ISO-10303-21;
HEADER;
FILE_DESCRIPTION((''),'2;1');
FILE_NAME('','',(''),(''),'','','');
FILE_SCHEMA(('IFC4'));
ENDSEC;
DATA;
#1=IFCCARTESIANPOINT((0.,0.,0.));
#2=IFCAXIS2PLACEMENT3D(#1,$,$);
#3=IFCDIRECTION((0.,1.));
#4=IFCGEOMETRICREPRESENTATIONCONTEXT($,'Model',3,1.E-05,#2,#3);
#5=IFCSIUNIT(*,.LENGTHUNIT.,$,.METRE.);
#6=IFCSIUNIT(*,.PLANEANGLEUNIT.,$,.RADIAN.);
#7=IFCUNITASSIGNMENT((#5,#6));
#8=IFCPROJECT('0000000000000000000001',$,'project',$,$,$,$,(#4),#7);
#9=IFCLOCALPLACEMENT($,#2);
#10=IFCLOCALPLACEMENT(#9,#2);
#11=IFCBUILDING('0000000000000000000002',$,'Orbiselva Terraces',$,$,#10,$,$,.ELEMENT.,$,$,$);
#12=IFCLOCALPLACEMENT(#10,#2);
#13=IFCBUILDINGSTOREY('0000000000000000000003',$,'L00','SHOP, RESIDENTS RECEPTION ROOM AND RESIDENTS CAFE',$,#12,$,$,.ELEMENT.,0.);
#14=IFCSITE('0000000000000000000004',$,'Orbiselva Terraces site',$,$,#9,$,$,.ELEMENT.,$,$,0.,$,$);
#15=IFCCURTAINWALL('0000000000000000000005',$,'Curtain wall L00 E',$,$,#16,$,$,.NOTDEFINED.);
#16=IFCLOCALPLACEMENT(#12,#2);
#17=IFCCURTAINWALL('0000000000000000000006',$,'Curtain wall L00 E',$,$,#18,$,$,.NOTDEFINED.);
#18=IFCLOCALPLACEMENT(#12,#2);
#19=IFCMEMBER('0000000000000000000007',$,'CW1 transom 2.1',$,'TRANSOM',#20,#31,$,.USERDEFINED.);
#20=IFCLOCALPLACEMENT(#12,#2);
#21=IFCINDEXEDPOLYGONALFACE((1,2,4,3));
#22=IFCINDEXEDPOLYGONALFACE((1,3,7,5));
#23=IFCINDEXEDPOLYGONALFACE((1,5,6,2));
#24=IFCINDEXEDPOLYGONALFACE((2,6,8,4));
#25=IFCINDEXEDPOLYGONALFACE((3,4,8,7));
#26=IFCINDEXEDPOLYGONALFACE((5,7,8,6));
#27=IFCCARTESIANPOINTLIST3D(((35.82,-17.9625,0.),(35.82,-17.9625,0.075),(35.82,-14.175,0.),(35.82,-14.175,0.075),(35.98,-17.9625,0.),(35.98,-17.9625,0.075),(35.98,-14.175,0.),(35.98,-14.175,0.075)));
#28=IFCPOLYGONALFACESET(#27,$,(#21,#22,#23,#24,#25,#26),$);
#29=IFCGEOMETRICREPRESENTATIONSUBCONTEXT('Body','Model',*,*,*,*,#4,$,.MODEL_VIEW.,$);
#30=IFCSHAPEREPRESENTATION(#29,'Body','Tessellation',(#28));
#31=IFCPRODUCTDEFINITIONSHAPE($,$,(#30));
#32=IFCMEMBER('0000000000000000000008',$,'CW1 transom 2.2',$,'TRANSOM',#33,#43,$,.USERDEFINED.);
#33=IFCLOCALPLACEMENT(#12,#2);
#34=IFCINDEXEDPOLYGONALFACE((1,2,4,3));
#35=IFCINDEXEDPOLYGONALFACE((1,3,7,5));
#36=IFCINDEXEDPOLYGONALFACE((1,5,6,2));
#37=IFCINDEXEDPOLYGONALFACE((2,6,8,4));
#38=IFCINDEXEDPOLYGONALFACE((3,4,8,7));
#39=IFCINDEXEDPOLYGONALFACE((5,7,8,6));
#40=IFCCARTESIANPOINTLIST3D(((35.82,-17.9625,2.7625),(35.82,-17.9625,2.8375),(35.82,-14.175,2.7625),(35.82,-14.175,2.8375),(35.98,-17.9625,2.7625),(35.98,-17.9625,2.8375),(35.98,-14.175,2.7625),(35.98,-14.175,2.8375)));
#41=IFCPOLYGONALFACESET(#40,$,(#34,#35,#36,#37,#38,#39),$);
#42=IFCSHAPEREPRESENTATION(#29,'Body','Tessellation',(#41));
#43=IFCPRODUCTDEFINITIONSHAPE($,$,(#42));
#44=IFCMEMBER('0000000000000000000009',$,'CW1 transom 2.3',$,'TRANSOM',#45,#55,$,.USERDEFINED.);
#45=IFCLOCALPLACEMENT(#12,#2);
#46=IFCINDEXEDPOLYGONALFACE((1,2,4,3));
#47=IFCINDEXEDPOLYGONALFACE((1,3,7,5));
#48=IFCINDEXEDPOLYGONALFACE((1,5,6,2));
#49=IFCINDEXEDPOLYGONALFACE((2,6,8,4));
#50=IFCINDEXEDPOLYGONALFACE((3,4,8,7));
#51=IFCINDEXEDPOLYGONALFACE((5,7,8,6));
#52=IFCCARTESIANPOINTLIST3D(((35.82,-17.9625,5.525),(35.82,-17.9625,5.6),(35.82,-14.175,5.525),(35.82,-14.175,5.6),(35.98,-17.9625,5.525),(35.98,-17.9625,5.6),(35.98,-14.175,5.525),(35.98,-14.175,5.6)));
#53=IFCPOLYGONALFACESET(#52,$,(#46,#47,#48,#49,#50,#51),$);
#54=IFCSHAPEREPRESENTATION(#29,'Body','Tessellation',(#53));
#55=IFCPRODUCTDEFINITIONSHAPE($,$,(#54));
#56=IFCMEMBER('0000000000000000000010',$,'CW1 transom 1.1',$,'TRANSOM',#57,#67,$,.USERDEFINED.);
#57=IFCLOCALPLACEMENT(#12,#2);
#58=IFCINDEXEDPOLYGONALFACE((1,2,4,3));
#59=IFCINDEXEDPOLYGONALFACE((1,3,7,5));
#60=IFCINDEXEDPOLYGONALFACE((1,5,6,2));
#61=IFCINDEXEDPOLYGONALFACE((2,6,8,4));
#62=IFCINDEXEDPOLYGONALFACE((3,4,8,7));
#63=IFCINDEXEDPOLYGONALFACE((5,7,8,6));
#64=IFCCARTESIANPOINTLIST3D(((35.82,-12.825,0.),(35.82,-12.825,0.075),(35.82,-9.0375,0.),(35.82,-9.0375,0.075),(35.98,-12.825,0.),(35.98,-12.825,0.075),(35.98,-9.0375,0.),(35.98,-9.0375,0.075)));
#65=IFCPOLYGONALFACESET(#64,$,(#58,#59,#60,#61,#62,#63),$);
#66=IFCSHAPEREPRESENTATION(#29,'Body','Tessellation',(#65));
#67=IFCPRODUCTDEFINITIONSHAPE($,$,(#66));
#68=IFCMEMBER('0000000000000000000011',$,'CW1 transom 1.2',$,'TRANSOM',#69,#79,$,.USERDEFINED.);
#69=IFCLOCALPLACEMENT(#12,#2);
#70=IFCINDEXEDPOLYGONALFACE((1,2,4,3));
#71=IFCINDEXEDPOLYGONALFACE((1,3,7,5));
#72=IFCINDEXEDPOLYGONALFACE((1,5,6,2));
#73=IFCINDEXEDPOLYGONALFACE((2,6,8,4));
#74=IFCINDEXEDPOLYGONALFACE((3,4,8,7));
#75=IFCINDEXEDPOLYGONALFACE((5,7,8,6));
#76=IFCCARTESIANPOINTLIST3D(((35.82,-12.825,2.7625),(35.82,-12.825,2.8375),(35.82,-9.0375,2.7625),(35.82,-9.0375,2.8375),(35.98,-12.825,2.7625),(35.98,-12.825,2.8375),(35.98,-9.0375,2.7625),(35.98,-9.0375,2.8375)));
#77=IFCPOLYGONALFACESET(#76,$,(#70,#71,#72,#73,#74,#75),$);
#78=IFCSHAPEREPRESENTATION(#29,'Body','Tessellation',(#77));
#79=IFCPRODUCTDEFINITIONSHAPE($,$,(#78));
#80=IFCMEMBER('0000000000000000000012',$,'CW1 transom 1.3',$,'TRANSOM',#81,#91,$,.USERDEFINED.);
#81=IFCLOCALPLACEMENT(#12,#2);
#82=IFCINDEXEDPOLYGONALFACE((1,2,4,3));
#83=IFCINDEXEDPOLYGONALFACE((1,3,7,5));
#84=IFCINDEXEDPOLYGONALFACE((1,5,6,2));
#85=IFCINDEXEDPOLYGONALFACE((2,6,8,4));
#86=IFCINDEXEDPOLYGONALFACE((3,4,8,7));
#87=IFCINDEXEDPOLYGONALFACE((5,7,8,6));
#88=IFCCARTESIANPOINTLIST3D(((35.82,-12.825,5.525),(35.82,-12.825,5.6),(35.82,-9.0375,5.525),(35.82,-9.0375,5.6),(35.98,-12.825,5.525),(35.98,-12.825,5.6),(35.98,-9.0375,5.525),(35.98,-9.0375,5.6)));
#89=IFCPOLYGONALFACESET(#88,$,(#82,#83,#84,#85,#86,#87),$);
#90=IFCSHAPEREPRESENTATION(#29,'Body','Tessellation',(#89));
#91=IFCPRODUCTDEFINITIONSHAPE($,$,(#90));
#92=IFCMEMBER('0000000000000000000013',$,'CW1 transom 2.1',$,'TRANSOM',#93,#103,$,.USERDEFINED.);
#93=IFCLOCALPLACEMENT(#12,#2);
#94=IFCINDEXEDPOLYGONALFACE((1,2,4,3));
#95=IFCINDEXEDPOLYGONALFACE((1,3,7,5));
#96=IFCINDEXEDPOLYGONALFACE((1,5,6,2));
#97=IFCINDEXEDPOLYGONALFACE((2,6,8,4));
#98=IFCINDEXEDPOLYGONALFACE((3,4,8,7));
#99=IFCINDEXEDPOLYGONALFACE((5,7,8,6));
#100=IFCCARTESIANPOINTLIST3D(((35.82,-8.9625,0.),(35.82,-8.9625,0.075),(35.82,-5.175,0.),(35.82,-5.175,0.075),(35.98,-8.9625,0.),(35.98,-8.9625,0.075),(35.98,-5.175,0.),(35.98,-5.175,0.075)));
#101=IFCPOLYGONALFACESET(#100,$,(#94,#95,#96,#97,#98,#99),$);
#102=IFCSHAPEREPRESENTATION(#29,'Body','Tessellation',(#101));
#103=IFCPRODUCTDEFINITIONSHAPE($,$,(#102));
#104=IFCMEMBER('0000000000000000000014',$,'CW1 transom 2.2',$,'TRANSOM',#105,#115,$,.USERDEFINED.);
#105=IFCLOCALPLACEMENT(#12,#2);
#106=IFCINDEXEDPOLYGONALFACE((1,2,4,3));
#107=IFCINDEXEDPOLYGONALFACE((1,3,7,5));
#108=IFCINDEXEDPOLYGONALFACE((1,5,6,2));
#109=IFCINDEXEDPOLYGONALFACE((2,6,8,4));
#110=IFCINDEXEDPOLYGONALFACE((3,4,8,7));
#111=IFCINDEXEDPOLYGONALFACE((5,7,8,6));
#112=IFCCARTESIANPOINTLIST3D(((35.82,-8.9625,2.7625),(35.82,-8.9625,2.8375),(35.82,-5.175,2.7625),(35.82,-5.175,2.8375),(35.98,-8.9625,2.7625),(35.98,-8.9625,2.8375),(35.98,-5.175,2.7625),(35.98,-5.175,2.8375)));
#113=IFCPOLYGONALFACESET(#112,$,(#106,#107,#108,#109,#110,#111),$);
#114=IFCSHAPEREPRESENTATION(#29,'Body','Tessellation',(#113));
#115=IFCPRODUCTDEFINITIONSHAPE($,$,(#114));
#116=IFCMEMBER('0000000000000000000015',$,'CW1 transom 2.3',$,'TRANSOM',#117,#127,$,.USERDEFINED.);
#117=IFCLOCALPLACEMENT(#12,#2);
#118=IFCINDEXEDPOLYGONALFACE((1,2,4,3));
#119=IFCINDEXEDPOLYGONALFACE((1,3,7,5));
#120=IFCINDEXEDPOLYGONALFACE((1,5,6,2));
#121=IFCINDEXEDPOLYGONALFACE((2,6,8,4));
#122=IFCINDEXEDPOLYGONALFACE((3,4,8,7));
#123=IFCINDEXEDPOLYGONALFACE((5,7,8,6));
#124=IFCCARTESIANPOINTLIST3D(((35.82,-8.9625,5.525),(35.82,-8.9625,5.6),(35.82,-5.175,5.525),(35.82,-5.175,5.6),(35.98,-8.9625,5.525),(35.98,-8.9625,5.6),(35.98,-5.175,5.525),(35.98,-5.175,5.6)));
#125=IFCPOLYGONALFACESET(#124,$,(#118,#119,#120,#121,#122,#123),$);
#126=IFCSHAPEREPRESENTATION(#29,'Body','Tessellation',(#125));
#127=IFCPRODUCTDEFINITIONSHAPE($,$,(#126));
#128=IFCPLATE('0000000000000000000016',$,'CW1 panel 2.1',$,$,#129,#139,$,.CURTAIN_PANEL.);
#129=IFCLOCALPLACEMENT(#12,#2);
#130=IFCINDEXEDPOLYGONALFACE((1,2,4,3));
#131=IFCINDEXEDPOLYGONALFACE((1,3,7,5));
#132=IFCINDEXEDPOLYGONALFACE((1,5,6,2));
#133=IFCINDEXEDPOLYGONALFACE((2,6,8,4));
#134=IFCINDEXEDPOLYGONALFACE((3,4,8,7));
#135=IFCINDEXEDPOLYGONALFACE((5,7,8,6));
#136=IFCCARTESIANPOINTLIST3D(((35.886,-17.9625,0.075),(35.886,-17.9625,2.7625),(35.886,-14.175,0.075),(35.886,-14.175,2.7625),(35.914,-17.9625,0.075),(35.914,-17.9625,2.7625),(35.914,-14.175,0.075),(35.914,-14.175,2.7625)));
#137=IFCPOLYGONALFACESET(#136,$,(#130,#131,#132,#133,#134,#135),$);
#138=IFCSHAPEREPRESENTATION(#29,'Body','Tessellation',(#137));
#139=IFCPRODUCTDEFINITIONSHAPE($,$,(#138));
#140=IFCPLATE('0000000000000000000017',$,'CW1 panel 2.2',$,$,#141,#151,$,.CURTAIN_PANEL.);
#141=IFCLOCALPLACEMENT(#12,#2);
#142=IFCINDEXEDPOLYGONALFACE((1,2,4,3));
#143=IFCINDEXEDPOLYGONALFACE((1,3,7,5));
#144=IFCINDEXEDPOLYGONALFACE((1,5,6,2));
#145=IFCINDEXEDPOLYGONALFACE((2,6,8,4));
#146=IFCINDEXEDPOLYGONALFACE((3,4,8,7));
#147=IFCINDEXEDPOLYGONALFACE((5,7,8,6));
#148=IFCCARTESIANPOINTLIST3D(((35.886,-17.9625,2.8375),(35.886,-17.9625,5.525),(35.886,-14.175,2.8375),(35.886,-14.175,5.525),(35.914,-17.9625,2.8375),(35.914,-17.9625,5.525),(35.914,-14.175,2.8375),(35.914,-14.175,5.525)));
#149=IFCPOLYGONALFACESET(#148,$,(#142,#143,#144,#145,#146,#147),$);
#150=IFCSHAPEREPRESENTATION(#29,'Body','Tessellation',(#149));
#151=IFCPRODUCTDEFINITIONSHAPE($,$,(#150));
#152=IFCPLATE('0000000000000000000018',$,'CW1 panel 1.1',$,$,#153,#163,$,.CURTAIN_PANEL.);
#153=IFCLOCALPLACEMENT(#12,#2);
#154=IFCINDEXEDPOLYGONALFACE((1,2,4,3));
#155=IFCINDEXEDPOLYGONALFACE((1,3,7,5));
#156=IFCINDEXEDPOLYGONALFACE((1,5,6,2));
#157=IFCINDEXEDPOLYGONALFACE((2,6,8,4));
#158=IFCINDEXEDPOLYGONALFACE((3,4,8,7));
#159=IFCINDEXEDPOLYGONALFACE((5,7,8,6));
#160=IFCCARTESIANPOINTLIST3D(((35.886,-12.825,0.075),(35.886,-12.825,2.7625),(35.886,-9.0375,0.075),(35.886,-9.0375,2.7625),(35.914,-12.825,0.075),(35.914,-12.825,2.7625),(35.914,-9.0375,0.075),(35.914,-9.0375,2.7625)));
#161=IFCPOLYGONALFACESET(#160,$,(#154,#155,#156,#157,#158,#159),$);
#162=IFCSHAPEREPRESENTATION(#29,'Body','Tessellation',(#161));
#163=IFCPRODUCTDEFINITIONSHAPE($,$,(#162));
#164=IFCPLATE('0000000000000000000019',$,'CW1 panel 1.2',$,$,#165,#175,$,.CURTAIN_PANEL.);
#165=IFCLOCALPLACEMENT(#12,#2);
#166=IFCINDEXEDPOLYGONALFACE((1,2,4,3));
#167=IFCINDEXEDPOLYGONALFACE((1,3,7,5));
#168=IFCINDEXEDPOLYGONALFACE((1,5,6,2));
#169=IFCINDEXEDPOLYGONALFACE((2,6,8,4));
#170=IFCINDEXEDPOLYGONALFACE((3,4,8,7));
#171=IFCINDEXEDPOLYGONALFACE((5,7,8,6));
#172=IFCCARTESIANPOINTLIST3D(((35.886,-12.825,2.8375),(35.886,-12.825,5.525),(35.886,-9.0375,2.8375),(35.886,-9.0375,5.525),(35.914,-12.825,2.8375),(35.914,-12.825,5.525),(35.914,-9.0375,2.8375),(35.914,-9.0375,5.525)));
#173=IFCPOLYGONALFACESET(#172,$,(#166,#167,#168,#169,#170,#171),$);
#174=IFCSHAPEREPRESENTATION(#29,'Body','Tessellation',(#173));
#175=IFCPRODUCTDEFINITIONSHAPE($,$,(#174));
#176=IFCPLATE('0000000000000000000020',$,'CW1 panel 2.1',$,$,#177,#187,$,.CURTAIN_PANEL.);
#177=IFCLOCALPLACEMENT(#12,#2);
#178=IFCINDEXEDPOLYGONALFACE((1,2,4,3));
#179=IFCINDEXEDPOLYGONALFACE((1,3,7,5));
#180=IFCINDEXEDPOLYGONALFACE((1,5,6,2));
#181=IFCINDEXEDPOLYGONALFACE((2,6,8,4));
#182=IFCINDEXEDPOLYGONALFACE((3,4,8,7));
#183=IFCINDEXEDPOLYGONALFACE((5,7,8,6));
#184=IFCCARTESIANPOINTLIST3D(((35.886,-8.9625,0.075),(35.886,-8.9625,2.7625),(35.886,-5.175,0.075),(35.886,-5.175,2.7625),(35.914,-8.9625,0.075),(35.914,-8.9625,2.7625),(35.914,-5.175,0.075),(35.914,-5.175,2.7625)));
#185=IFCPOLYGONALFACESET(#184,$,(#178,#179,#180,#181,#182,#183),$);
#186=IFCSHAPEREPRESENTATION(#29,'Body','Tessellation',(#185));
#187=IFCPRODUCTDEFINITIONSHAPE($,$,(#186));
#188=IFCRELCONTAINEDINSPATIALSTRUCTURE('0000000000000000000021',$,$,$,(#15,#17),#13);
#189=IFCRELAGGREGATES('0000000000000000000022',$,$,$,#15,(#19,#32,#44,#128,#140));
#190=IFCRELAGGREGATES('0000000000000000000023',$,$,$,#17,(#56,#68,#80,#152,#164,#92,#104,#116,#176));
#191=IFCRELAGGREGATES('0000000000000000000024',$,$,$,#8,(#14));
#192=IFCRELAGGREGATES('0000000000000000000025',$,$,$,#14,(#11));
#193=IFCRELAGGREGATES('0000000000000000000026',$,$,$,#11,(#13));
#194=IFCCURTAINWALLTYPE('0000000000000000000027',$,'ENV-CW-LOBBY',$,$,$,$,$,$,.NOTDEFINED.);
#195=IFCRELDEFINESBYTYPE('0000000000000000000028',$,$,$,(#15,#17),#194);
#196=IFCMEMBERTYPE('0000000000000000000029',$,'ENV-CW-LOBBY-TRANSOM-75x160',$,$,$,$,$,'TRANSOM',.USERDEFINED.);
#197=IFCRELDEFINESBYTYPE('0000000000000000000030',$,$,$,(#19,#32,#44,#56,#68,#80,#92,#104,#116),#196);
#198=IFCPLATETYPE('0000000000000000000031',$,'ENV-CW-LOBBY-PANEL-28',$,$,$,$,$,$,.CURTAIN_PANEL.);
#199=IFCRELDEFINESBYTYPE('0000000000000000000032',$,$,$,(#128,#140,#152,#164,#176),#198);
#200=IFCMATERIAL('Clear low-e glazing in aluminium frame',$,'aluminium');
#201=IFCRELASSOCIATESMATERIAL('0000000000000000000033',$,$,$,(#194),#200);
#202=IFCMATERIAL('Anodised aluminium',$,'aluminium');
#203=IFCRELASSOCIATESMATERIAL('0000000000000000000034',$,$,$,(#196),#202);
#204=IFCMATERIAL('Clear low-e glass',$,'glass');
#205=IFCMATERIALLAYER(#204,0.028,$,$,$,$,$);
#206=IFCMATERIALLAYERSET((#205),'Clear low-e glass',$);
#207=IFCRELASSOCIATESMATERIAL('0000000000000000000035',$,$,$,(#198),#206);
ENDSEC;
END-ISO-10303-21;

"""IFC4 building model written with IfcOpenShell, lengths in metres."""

from ifc_helpers import new_model, si_unit, direction, frame, origin, origin_2d, place, context, subcontext, project, spatial, rectangle, extrude, material, layer, layer_set, material_profile, profile_set, type_object, element, aggregate, save


model = new_model("IFC4")

# Units and contexts
model_context = context("Model", 3, precision=1e-05, world=origin(), true_north=direction((0.0, 1.0)))
body_context = subcontext(model_context, "Body", "Model", "MODEL_VIEW")
ifc_project = project(units=[si_unit("LENGTHUNIT", "METRE"), si_unit("PLANEANGLEUNIT", "RADIAN")], contexts=[model_context])

# Site, building, storey
site_placement = place(None, origin())
site = spatial("IfcSite", under=ifc_project, at=site_placement, Name="Orbiselva Terraces site", CompositionType="ELEMENT", RefElevation=0.0)
building_placement = place(site_placement, origin())
building = spatial("IfcBuilding", under=site, at=building_placement, Name="Orbiselva Terraces", CompositionType="ELEMENT")
storey_placement = place(building_placement, origin())
storey = spatial("IfcBuildingStorey", under=building, at=storey_placement, Name="L00", Description="SHOP, RESIDENTS RECEPTION ROOM AND RESIDENTS CAFE", CompositionType="ELEMENT", Elevation=0.0)

# Curtain walls
ifc_material_1 = material(Name="Clear low-e glazing in aluminium frame", Category="aluminium")
curtain_wall_type = type_object("IfcCurtainWallType", Name="ENV-CW-LOBBY", PredefinedType="NOTDEFINED", material=ifc_material_1)
curtain_wall_1_placement = place(storey_placement, origin())
curtain_wall_1 = element("IfcCurtainWall", 1, at=curtain_wall_1_placement, inside=storey, type_object=curtain_wall_type, Name="Curtain wall L00 E", PredefinedType="NOTDEFINED")
ifc_material_2 = material(Name="Anodised aluminium", Category="aluminium")
curtain_wall_2_placement = place(storey_placement, origin())
curtain_wall_2 = element("IfcCurtainWall", 2, at=curtain_wall_2_placement, inside=storey, type_object=curtain_wall_type, Name="Curtain wall L00 E", PredefinedType="NOTDEFINED")

# Members
ifc_material_profile_1 = material_profile(ifc_material_2, rectangle(XDim=0.16, YDim=0.075, at=origin_2d()), Name="AL 75x160")
ifc_profile_set_1 = profile_set([ifc_material_profile_1], Name="Anodised aluminium")
member_type_1 = type_object("IfcMemberType", Name="ENV-CW-LOBBY-TRANSOM-75x160", ElementType="TRANSOM", PredefinedType="USERDEFINED", material=ifc_profile_set_1)
member_1_placement = place(storey_placement, frame((35.9, -17.9625, 0.0375), z_axis=(0.0, 1.0, 0.0), x_axis=(-1.0, 0.0, 0.0)))
member_1 = element("IfcMember", 3, at=member_1_placement, type_object=member_type_1, Name="CW1 transom 2.1", ObjectType="TRANSOM", PredefinedType="USERDEFINED", context=body_context, shape_type="SweptSolid", body=[
    extrude(rectangle(XDim=0.16, YDim=0.075, at=origin_2d()), origin(), (0.0, 0.0, 1.0), 3.7875),
])
member_2_placement = place(storey_placement, frame((35.9, -17.9625, 2.8), z_axis=(0.0, 1.0, 0.0), x_axis=(-1.0, 0.0, 0.0)))
member_2 = element("IfcMember", 4, at=member_2_placement, type_object=member_type_1, Name="CW1 transom 2.2", ObjectType="TRANSOM", PredefinedType="USERDEFINED", context=body_context, shape_type="SweptSolid", body=[
    extrude(rectangle(XDim=0.16, YDim=0.075, at=origin_2d()), origin(), (0.0, 0.0, 1.0), 3.7875),
])
member_3_placement = place(storey_placement, frame((35.9, -17.9625, 5.5625), z_axis=(0.0, 1.0, 0.0), x_axis=(-1.0, 0.0, 0.0)))
member_3 = element("IfcMember", 5, at=member_3_placement, type_object=member_type_1, Name="CW1 transom 2.3", ObjectType="TRANSOM", PredefinedType="USERDEFINED", context=body_context, shape_type="SweptSolid", body=[
    extrude(rectangle(XDim=0.16, YDim=0.075, at=origin_2d()), origin(), (0.0, 0.0, 1.0), 3.7875),
])
member_4_placement = place(storey_placement, frame((35.9, -12.825, 0.0375), z_axis=(0.0, 1.0, 0.0), x_axis=(-1.0, 0.0, 0.0)))
member_4 = element("IfcMember", 6, at=member_4_placement, type_object=member_type_1, Name="CW1 transom 1.1", ObjectType="TRANSOM", PredefinedType="USERDEFINED", context=body_context, shape_type="SweptSolid", body=[
    extrude(rectangle(XDim=0.16, YDim=0.075, at=origin_2d()), origin(), (0.0, 0.0, 1.0), 3.7875),
])
member_5_placement = place(storey_placement, frame((35.9, -12.825, 2.8), z_axis=(0.0, 1.0, 0.0), x_axis=(-1.0, 0.0, 0.0)))
member_5 = element("IfcMember", 7, at=member_5_placement, type_object=member_type_1, Name="CW1 transom 1.2", ObjectType="TRANSOM", PredefinedType="USERDEFINED", context=body_context, shape_type="SweptSolid", body=[
    extrude(rectangle(XDim=0.16, YDim=0.075, at=origin_2d()), origin(), (0.0, 0.0, 1.0), 3.7875),
])
member_6_placement = place(storey_placement, frame((35.9, -12.825, 5.5625), z_axis=(0.0, 1.0, 0.0), x_axis=(-1.0, 0.0, 0.0)))
member_6 = element("IfcMember", 8, at=member_6_placement, type_object=member_type_1, Name="CW1 transom 1.3", ObjectType="TRANSOM", PredefinedType="USERDEFINED", context=body_context, shape_type="SweptSolid", body=[
    extrude(rectangle(XDim=0.16, YDim=0.075, at=origin_2d()), origin(), (0.0, 0.0, 1.0), 3.7875),
])
member_7_placement = place(storey_placement, frame((35.9, -8.9625, 0.0375), z_axis=(0.0, 1.0, 0.0), x_axis=(-1.0, 0.0, 0.0)))
member_7 = element("IfcMember", 9, at=member_7_placement, type_object=member_type_1, Name="CW1 transom 2.1", ObjectType="TRANSOM", PredefinedType="USERDEFINED", context=body_context, shape_type="SweptSolid", body=[
    extrude(rectangle(XDim=0.16, YDim=0.075, at=origin_2d()), origin(), (0.0, 0.0, 1.0), 3.7875),
])
member_8_placement = place(storey_placement, frame((35.9, -8.9625, 2.8), z_axis=(0.0, 1.0, 0.0), x_axis=(-1.0, 0.0, 0.0)))
member_8 = element("IfcMember", 10, at=member_8_placement, type_object=member_type_1, Name="CW1 transom 2.2", ObjectType="TRANSOM", PredefinedType="USERDEFINED", context=body_context, shape_type="SweptSolid", body=[
    extrude(rectangle(XDim=0.16, YDim=0.075, at=origin_2d()), origin(), (0.0, 0.0, 1.0), 3.7875),
])
member_9_placement = place(storey_placement, frame((35.9, -8.9625, 5.5625), z_axis=(0.0, 1.0, 0.0), x_axis=(-1.0, 0.0, 0.0)))
member_9 = element("IfcMember", 11, at=member_9_placement, type_object=member_type_1, Name="CW1 transom 2.3", ObjectType="TRANSOM", PredefinedType="USERDEFINED", context=body_context, shape_type="SweptSolid", body=[
    extrude(rectangle(XDim=0.16, YDim=0.075, at=origin_2d()), origin(), (0.0, 0.0, 1.0), 3.7875),
])

# Plates
ifc_material_3 = material(Name="Clear low-e glass", Category="glass")
ifc_layer = layer(ifc_material_3, 0.028)
ifc_layer_set = layer_set([ifc_layer], Name="Clear low-e glass")
plate_type = type_object("IfcPlateType", Name="ENV-CW-LOBBY-PANEL-28", PredefinedType="CURTAIN_PANEL", material=ifc_layer_set)
plate_1_placement = place(storey_placement, frame((35.9, -16.0688, 0.075), z_axis=(0.0, 0.0, 1.0), x_axis=(0.0, 1.0, 0.0)))
plate_1 = element("IfcPlate", 12, at=plate_1_placement, type_object=plate_type, Name="CW1 panel 2.1", PredefinedType="CURTAIN_PANEL", context=body_context, shape_type="SweptSolid", body=[
    extrude(rectangle(XDim=3.7875, YDim=0.028, at=origin_2d()), origin(), (0.0, 0.0, 1.0), 2.6875),
])
plate_2_placement = place(storey_placement, frame((35.9, -16.0688, 2.8375), z_axis=(0.0, 0.0, 1.0), x_axis=(0.0, 1.0, 0.0)))
plate_2 = element("IfcPlate", 13, at=plate_2_placement, type_object=plate_type, Name="CW1 panel 2.2", PredefinedType="CURTAIN_PANEL", context=body_context, shape_type="SweptSolid", body=[
    extrude(rectangle(XDim=3.7875, YDim=0.028, at=origin_2d()), origin(), (0.0, 0.0, 1.0), 2.6875),
])
aggregate(curtain_wall_1, [member_1, member_2, member_3, plate_1, plate_2])
plate_3_placement = place(storey_placement, frame((35.9, -10.9313, 0.075), z_axis=(0.0, 0.0, 1.0), x_axis=(0.0, 1.0, 0.0)))
plate_3 = element("IfcPlate", 14, at=plate_3_placement, type_object=plate_type, Name="CW1 panel 1.1", PredefinedType="CURTAIN_PANEL", context=body_context, shape_type="SweptSolid", body=[
    extrude(rectangle(XDim=3.7875, YDim=0.028, at=origin_2d()), origin(), (0.0, 0.0, 1.0), 2.6875),
])
plate_4_placement = place(storey_placement, frame((35.9, -10.9313, 2.8375), z_axis=(0.0, 0.0, 1.0), x_axis=(0.0, 1.0, 0.0)))
plate_4 = element("IfcPlate", 15, at=plate_4_placement, type_object=plate_type, Name="CW1 panel 1.2", PredefinedType="CURTAIN_PANEL", context=body_context, shape_type="SweptSolid", body=[
    extrude(rectangle(XDim=3.7875, YDim=0.028, at=origin_2d()), origin(), (0.0, 0.0, 1.0), 2.6875),
])
plate_5_placement = place(storey_placement, frame((35.9, -7.0687, 0.075), z_axis=(0.0, 0.0, 1.0), x_axis=(0.0, 1.0, 0.0)))
plate_5 = element("IfcPlate", 16, at=plate_5_placement, type_object=plate_type, Name="CW1 panel 2.1", PredefinedType="CURTAIN_PANEL", context=body_context, shape_type="SweptSolid", body=[
    extrude(rectangle(XDim=3.7875, YDim=0.028, at=origin_2d()), origin(), (0.0, 0.0, 1.0), 2.6875),
])
aggregate(curtain_wall_2, [member_4, member_5, member_6, plate_3, plate_4, member_7, member_8, member_9, plate_5])

save(model, "model.ifc")
